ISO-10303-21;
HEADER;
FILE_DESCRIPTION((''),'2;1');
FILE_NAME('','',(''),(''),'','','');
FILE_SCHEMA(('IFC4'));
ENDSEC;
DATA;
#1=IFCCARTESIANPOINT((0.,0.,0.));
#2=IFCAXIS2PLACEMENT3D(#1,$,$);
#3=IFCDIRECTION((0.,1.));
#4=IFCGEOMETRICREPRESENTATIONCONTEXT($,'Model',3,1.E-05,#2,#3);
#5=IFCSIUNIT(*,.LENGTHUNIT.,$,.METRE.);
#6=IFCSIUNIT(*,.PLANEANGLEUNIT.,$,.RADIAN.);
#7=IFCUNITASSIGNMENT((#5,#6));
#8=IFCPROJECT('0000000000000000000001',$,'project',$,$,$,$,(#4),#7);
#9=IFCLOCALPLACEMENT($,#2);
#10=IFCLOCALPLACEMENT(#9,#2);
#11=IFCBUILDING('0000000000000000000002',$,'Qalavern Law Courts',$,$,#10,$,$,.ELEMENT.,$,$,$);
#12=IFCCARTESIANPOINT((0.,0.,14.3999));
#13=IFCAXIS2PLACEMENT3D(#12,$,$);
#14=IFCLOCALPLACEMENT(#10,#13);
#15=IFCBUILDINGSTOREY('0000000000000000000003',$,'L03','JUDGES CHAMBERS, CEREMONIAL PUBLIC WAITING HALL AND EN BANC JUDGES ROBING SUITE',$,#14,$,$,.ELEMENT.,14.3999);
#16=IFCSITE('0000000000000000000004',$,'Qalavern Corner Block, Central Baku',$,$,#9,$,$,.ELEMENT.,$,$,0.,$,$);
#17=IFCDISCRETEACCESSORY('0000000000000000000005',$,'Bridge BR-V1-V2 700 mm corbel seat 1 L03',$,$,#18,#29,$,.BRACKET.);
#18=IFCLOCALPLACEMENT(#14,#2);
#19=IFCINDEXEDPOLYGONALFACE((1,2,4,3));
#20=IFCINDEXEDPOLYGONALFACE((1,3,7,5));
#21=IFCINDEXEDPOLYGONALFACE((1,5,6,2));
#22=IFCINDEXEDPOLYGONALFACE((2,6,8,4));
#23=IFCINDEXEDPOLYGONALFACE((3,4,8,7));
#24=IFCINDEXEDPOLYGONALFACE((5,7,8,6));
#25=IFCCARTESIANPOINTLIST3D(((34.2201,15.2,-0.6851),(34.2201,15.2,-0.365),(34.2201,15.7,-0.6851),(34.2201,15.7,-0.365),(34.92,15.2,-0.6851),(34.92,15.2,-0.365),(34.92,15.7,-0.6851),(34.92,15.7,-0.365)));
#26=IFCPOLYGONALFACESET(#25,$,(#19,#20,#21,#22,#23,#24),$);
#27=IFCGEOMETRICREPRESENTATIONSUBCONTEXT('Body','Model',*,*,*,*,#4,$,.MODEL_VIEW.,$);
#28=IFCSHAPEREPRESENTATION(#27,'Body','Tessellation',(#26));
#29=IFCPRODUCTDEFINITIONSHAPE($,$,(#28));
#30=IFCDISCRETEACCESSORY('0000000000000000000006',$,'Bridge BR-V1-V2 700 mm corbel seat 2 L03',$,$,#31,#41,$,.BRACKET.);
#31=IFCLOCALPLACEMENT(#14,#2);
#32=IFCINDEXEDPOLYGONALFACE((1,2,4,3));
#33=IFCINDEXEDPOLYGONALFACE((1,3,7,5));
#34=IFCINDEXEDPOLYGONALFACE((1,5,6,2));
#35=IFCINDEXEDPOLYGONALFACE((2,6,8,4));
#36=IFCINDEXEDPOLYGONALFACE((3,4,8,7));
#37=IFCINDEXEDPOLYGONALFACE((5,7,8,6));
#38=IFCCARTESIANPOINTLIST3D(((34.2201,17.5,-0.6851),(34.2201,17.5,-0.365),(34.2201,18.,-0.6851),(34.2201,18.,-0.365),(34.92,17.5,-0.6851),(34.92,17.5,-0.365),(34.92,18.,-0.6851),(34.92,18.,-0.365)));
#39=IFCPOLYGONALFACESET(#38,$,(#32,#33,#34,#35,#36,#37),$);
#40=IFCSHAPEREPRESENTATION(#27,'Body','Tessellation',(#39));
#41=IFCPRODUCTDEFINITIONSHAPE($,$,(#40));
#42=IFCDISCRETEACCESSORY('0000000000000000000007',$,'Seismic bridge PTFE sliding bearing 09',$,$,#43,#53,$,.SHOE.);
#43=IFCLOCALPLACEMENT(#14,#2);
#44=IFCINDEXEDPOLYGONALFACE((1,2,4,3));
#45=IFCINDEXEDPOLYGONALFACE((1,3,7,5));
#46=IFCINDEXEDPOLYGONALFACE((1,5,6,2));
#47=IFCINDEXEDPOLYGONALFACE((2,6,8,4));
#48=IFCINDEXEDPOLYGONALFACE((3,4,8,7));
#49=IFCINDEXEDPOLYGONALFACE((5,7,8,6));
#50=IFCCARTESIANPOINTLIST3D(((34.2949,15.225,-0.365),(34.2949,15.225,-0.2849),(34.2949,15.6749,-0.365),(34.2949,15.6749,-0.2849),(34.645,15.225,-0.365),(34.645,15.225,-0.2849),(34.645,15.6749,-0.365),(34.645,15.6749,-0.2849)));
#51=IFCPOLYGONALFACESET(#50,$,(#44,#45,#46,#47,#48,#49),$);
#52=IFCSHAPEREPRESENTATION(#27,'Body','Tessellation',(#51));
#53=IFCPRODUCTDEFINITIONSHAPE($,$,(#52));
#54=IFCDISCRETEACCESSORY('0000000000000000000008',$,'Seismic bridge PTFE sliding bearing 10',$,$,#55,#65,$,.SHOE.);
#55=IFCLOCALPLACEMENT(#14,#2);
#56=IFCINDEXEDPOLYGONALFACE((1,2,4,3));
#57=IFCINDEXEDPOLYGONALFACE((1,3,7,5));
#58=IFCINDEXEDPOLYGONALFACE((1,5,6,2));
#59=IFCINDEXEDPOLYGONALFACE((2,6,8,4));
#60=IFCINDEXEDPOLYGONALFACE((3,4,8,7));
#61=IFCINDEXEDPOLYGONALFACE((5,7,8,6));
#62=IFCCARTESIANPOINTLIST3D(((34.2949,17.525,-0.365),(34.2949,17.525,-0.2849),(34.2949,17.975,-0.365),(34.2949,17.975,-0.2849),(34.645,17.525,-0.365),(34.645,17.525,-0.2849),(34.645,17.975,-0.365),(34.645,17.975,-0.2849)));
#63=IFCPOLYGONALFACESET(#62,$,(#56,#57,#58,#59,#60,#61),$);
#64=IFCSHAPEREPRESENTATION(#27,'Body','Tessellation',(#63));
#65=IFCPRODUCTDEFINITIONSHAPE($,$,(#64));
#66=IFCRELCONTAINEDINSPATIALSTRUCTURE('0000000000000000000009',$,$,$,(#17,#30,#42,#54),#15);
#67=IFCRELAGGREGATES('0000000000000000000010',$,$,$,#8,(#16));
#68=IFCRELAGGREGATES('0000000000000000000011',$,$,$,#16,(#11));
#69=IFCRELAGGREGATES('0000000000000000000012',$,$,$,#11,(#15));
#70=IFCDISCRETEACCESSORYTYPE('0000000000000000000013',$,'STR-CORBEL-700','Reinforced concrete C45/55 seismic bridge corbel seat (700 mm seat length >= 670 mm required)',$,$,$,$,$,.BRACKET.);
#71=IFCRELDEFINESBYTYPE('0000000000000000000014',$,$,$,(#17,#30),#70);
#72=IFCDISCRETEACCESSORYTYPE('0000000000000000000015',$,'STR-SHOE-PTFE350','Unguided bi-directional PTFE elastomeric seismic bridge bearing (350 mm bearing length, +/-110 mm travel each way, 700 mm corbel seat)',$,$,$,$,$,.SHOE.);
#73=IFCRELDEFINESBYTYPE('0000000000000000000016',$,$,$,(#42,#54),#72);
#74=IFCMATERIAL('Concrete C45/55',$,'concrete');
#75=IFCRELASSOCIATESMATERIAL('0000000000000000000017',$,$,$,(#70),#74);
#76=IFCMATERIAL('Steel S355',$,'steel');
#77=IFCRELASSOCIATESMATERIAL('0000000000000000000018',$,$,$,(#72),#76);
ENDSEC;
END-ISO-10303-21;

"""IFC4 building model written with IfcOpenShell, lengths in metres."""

from ifc_helpers import new_model, si_unit, direction, frame, origin, origin_2d, place, context, subcontext, project, spatial, rectangle, extrude, material, type_object, element, save


model = new_model("IFC4")

# Units and contexts
model_context = context("Model", 3, precision=1e-05, world=origin(), true_north=direction((0.0, 1.0)))
body_context = subcontext(model_context, "Body", "Model", "MODEL_VIEW")
ifc_project = project(units=[si_unit("LENGTHUNIT", "METRE"), si_unit("PLANEANGLEUNIT", "RADIAN")], contexts=[model_context])

# Site, building, storey
site_placement = place(None, origin())
site = spatial("IfcSite", under=ifc_project, at=site_placement, Name="Qalavern Corner Block, Central Baku", CompositionType="ELEMENT", RefElevation=0.0)
building_placement = place(site_placement, origin())
building = spatial("IfcBuilding", under=site, at=building_placement, Name="Qalavern Law Courts", CompositionType="ELEMENT")
storey_placement = place(building_placement, frame((0.0, 0.0, 14.3999)))
storey = spatial("IfcBuildingStorey", under=building, at=storey_placement, Name="L03", Description="JUDGES CHAMBERS, CEREMONIAL PUBLIC WAITING HALL AND EN BANC JUDGES ROBING SUITE", CompositionType="ELEMENT", Elevation=14.3999)

# Shared definitions
ifc_material_1 = material(Name="Concrete C45/55", Category="concrete")

# Shared definitions
ifc_material_2 = material(Name="Steel S355", Category="steel")

# Discrete accessories
discrete_accessory_type_1 = type_object("IfcDiscreteAccessoryType", Name="STR-CORBEL-700", Description="Reinforced concrete C45/55 seismic bridge corbel seat (700 mm seat length >= 670 mm required)", PredefinedType="BRACKET", material=ifc_material_1)
for number, where, z_axis, x_axis, name in (
    (1, (34.5701, 15.45, -0.6851), (0.0, 0.0, 1.0), (1.0, 0.0, 0.0), "Bridge BR-V1-V2 700 mm corbel seat 1 L03"),
    (2, (34.5701, 17.75, -0.6851), (0.0, 0.0, 1.0), (1.0, 0.0, 0.0), "Bridge BR-V1-V2 700 mm corbel seat 2 L03"),
):
    element("IfcDiscreteAccessory", number, at=place(storey_placement, frame(where, z_axis=z_axis, x_axis=x_axis)), inside=storey, type_object=discrete_accessory_type_1, Name=name, PredefinedType="BRACKET", context=body_context, shape_type="SweptSolid", body=[
        extrude(rectangle(XDim=0.7, YDim=0.5, at=origin_2d()), origin(), (0.0, 0.0, 1.0), 0.3201),
    ])
discrete_accessory_type_2 = type_object("IfcDiscreteAccessoryType", Name="STR-SHOE-PTFE350", Description="Unguided bi-directional PTFE elastomeric seismic bridge bearing (350 mm bearing length, +/-110 mm travel each way, 700 mm corbel seat)", PredefinedType="SHOE", material=ifc_material_2)
for number, where, z_axis, x_axis, name in (
    (3, (34.47, 15.45, -0.365), (0.0, 0.0, 1.0), (1.0, 0.0, 0.0), "Seismic bridge PTFE sliding bearing 09"),
    (4, (34.47, 17.75, -0.365), (0.0, 0.0, 1.0), (1.0, 0.0, 0.0), "Seismic bridge PTFE sliding bearing 10"),
):
    element("IfcDiscreteAccessory", number, at=place(storey_placement, frame(where, z_axis=z_axis, x_axis=x_axis)), inside=storey, type_object=discrete_accessory_type_2, Name=name, PredefinedType="SHOE", context=body_context, shape_type="SweptSolid", body=[
        extrude(rectangle(XDim=0.3501, YDim=0.45, at=origin_2d()), origin(), (0.0, 0.0, 1.0), 0.0801),
    ])

save(model, "model.ifc")
